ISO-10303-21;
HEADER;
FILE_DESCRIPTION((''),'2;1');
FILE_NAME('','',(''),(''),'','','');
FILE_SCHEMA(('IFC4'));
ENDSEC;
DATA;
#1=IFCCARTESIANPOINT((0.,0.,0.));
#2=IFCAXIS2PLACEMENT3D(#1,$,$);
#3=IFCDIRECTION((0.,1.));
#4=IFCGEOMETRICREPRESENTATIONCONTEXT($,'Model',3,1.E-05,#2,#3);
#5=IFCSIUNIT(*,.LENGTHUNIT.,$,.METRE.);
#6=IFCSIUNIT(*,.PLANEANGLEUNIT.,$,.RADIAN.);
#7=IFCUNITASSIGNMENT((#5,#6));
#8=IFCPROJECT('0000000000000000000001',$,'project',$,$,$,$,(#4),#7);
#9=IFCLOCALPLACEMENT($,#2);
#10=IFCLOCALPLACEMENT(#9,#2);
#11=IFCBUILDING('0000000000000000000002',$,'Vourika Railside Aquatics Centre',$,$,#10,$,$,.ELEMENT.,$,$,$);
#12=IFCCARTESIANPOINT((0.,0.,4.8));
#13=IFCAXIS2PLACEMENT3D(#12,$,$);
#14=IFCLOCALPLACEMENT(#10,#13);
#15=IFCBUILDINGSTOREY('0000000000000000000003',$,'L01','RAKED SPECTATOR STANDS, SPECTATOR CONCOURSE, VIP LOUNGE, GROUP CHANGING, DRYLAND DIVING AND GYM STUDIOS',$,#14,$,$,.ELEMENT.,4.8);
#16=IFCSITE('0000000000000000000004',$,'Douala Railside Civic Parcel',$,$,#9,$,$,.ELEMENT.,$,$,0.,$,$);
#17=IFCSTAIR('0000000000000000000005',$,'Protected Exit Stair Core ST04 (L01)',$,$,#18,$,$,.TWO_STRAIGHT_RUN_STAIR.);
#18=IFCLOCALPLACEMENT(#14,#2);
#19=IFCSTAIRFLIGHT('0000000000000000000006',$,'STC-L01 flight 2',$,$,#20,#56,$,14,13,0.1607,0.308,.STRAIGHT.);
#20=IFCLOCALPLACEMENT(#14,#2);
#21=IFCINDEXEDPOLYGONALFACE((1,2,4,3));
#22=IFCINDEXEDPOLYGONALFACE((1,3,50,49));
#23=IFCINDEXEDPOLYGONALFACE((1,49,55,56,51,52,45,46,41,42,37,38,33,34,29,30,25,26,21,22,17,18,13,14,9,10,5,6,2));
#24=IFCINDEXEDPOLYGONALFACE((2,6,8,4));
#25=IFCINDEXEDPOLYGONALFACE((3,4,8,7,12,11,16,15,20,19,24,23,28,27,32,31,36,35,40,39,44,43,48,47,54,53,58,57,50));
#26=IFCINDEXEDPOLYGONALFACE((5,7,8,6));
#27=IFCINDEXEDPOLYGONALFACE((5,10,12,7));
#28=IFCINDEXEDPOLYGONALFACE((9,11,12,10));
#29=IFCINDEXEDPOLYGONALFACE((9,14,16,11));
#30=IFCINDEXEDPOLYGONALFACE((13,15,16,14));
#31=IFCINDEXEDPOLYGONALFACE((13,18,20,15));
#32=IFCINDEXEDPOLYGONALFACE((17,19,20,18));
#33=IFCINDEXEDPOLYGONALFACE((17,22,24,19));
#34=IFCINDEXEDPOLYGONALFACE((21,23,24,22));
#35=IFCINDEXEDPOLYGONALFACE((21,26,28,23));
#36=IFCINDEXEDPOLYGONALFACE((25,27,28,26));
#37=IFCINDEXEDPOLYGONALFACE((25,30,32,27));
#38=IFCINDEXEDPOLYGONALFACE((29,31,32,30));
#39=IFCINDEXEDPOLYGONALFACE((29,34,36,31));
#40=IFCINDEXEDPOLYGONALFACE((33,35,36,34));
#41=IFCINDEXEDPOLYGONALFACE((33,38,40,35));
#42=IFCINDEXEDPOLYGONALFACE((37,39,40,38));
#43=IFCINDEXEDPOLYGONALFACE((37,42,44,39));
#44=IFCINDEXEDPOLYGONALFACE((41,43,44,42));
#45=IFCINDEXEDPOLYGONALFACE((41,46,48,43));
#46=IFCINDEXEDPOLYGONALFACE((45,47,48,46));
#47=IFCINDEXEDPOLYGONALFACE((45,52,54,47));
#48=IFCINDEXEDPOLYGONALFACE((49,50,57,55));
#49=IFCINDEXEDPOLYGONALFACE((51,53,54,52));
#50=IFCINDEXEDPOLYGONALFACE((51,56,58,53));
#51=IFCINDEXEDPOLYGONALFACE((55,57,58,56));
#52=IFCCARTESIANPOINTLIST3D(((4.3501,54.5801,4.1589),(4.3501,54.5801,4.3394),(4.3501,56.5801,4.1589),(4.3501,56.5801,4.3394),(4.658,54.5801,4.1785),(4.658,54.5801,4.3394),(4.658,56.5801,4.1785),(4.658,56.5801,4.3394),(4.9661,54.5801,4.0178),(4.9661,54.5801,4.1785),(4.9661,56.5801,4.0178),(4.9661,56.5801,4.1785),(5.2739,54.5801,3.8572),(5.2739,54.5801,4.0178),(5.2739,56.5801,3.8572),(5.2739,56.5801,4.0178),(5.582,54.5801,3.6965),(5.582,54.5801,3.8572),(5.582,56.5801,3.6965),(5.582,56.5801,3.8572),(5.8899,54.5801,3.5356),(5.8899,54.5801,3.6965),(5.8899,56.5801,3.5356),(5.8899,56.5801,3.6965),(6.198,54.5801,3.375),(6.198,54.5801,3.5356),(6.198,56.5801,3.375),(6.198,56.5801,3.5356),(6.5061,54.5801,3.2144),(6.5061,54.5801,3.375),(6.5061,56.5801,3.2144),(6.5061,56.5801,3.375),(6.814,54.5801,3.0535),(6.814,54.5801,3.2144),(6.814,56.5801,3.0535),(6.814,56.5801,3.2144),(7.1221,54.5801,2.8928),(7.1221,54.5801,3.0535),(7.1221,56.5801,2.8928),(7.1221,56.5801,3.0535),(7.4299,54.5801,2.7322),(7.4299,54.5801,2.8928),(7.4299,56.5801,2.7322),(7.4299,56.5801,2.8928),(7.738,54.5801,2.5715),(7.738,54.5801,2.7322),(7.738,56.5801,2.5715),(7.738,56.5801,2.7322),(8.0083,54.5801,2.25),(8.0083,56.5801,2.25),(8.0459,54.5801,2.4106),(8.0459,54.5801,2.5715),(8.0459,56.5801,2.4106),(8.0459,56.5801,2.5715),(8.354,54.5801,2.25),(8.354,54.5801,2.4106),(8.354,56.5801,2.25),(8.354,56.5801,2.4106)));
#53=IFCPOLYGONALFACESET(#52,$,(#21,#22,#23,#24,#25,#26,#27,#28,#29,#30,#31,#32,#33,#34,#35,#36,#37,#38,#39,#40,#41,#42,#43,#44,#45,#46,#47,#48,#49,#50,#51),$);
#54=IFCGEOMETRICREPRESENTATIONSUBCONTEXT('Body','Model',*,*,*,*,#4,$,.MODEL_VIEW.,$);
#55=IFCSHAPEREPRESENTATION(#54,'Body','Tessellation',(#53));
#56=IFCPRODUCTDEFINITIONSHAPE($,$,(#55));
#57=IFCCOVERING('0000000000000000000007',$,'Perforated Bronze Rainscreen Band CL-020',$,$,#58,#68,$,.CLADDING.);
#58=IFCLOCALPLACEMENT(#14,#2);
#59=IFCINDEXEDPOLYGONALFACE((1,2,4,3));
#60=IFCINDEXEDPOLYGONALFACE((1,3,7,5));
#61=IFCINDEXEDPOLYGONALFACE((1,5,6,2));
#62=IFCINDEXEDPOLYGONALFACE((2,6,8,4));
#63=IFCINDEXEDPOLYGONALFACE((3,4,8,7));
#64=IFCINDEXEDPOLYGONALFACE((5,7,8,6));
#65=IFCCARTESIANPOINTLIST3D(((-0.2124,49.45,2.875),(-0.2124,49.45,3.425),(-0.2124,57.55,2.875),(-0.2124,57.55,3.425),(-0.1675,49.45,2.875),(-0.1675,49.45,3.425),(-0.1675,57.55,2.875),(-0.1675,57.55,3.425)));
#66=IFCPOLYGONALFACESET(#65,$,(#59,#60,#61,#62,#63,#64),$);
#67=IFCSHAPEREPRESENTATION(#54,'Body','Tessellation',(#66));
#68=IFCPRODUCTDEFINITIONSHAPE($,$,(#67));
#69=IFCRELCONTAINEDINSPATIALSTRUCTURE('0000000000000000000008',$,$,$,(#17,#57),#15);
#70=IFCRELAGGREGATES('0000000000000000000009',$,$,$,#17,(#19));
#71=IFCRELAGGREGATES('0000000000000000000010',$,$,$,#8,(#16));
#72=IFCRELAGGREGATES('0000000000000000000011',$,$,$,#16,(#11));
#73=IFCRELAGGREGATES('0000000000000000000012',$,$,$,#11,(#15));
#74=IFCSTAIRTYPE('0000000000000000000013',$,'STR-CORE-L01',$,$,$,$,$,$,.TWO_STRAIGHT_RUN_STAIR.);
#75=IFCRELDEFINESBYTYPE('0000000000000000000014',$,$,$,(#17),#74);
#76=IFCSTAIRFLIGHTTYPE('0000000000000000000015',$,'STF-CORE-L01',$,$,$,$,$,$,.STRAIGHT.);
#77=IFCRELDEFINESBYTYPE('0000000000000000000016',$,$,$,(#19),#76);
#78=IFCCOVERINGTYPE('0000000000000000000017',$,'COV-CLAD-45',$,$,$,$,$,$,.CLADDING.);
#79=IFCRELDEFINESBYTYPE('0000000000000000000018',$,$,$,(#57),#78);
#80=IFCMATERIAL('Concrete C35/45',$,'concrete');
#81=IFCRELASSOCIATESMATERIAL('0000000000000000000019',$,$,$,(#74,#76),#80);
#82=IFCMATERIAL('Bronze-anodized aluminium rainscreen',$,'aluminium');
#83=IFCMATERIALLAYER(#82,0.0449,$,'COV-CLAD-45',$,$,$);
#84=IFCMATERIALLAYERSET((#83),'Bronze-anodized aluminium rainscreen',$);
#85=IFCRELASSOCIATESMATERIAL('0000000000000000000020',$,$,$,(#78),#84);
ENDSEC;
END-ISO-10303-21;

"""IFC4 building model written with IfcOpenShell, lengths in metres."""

from ifc_helpers import new_model, si_unit, direction, frame, origin, origin_2d, place, context, subcontext, project, spatial, polyline, rectangle, outline, extrude, material, layer, layer_set, type_object, element, aggregate, save


model = new_model("IFC4")

# Units and contexts
model_context = context("Model", 3, precision=1e-05, world=origin(), true_north=direction((0.0, 1.0)))
body_context = subcontext(model_context, "Body", "Model", "MODEL_VIEW")
ifc_project = project(units=[si_unit("LENGTHUNIT", "METRE"), si_unit("PLANEANGLEUNIT", "RADIAN")], contexts=[model_context])

# Site, building, storey
site_placement = place(None, origin())
site = spatial("IfcSite", under=ifc_project, at=site_placement, Name="Douala Railside Civic Parcel", CompositionType="ELEMENT", RefElevation=0.0)
building_placement = place(site_placement, origin())
building = spatial("IfcBuilding", under=site, at=building_placement, Name="Vourika Railside Aquatics Centre", CompositionType="ELEMENT")
storey_placement = place(building_placement, frame((0.0, 0.0, 4.8)))
storey = spatial("IfcBuildingStorey", under=building, at=storey_placement, Name="L01", Description="RAKED SPECTATOR STANDS, SPECTATOR CONCOURSE, VIP LOUNGE, GROUP CHANGING, DRYLAND DIVING AND GYM STUDIOS", CompositionType="ELEMENT", Elevation=4.8)

# Shared definitions
ifc_material_1 = material(Name="Concrete C35/45", Category="concrete")

# Stair, stair flight
stair_type = type_object("IfcStairType", Name="STR-CORE-L01", PredefinedType="TWO_STRAIGHT_RUN_STAIR", material=ifc_material_1)
stair_placement = place(storey_placement, origin())
stair = element("IfcStair", 1, at=stair_placement, inside=storey, type_object=stair_type, Name="Protected Exit Stair Core ST04 (L01)", PredefinedType="TWO_STRAIGHT_RUN_STAIR")
stair_flight_type = type_object("IfcStairFlightType", Name="STF-CORE-L01", PredefinedType="STRAIGHT", material=ifc_material_1)
stair_flight_placement = place(storey_placement, frame((8.354, 55.5801, 2.25), z_axis=(0.0, 0.0, 1.0), x_axis=(-1.0, 0.0, 0.0)))
stair_flight = element("IfcStairFlight", 2, at=stair_flight_placement, type_object=stair_flight_type, Name="STC-L01 flight 2", NumberOfRisers=14, NumberOfTreads=13, PredefinedType="STRAIGHT", RiserHeight=0.1607, TreadLength=0.308, context=body_context, shape_type="SweptSolid", body=[
    extrude(outline(polyline([(0.0, 0.0), (0.0, 0.1606), (0.3081, 0.1606), (0.3081, 0.3215), (0.616, 0.3215), (0.616, 0.4822), (0.9241, 0.4822), (0.9241, 0.6428), (1.2319, 0.6428), (1.2319, 0.8035), (1.54, 0.8035), (1.54, 0.9644), (1.8479, 0.9644), (1.8479, 1.125), (2.156, 1.125), (2.156, 1.2856), (2.4641, 1.2856), (2.4641, 1.4465), (2.772, 1.4465), (2.772, 1.6072), (3.0801, 1.6072), (3.0801, 1.7678), (3.3879, 1.7678), (3.3879, 1.9285), (3.696, 1.9285), (3.696, 2.0894), (4.0039, 2.0894), (4.0039, 2.25), (4.0039, 1.9089), (0.3457, 0.0), (0.0, 0.0)])), frame((0.0, 1.0, 0.0), z_axis=(0.0, -1.0, 0.0), x_axis=(1.0, 0.0, 0.0)), (0.0, 0.0, 1.0), 2.0),
])
aggregate(stair, [stair_flight])

# Covering
ifc_material_2 = material(Name="Bronze-anodized aluminium rainscreen", Category="aluminium")
ifc_layer_1 = layer(ifc_material_2, 0.0449, Name="COV-CLAD-45")
ifc_layer_set_1 = layer_set([ifc_layer_1], Name="Bronze-anodized aluminium rainscreen")
covering_type = type_object("IfcCoveringType", Name="COV-CLAD-45", PredefinedType="CLADDING", material=ifc_layer_set_1)
covering_placement = place(storey_placement, frame((-0.1899, 53.5, 2.875), z_axis=(0.0, 0.0, 1.0), x_axis=(0.0, -1.0, 0.0)))
element("IfcCovering", 3, at=covering_placement, inside=storey, type_object=covering_type, Name="Perforated Bronze Rainscreen Band CL-020", PredefinedType="CLADDING", context=body_context, shape_type="SweptSolid", body=[
    extrude(rectangle(XDim=8.1001, YDim=0.0449, at=origin_2d()), origin(), (0.0, 0.0, 1.0), 0.55),
])

save(model, "model.ifc")
